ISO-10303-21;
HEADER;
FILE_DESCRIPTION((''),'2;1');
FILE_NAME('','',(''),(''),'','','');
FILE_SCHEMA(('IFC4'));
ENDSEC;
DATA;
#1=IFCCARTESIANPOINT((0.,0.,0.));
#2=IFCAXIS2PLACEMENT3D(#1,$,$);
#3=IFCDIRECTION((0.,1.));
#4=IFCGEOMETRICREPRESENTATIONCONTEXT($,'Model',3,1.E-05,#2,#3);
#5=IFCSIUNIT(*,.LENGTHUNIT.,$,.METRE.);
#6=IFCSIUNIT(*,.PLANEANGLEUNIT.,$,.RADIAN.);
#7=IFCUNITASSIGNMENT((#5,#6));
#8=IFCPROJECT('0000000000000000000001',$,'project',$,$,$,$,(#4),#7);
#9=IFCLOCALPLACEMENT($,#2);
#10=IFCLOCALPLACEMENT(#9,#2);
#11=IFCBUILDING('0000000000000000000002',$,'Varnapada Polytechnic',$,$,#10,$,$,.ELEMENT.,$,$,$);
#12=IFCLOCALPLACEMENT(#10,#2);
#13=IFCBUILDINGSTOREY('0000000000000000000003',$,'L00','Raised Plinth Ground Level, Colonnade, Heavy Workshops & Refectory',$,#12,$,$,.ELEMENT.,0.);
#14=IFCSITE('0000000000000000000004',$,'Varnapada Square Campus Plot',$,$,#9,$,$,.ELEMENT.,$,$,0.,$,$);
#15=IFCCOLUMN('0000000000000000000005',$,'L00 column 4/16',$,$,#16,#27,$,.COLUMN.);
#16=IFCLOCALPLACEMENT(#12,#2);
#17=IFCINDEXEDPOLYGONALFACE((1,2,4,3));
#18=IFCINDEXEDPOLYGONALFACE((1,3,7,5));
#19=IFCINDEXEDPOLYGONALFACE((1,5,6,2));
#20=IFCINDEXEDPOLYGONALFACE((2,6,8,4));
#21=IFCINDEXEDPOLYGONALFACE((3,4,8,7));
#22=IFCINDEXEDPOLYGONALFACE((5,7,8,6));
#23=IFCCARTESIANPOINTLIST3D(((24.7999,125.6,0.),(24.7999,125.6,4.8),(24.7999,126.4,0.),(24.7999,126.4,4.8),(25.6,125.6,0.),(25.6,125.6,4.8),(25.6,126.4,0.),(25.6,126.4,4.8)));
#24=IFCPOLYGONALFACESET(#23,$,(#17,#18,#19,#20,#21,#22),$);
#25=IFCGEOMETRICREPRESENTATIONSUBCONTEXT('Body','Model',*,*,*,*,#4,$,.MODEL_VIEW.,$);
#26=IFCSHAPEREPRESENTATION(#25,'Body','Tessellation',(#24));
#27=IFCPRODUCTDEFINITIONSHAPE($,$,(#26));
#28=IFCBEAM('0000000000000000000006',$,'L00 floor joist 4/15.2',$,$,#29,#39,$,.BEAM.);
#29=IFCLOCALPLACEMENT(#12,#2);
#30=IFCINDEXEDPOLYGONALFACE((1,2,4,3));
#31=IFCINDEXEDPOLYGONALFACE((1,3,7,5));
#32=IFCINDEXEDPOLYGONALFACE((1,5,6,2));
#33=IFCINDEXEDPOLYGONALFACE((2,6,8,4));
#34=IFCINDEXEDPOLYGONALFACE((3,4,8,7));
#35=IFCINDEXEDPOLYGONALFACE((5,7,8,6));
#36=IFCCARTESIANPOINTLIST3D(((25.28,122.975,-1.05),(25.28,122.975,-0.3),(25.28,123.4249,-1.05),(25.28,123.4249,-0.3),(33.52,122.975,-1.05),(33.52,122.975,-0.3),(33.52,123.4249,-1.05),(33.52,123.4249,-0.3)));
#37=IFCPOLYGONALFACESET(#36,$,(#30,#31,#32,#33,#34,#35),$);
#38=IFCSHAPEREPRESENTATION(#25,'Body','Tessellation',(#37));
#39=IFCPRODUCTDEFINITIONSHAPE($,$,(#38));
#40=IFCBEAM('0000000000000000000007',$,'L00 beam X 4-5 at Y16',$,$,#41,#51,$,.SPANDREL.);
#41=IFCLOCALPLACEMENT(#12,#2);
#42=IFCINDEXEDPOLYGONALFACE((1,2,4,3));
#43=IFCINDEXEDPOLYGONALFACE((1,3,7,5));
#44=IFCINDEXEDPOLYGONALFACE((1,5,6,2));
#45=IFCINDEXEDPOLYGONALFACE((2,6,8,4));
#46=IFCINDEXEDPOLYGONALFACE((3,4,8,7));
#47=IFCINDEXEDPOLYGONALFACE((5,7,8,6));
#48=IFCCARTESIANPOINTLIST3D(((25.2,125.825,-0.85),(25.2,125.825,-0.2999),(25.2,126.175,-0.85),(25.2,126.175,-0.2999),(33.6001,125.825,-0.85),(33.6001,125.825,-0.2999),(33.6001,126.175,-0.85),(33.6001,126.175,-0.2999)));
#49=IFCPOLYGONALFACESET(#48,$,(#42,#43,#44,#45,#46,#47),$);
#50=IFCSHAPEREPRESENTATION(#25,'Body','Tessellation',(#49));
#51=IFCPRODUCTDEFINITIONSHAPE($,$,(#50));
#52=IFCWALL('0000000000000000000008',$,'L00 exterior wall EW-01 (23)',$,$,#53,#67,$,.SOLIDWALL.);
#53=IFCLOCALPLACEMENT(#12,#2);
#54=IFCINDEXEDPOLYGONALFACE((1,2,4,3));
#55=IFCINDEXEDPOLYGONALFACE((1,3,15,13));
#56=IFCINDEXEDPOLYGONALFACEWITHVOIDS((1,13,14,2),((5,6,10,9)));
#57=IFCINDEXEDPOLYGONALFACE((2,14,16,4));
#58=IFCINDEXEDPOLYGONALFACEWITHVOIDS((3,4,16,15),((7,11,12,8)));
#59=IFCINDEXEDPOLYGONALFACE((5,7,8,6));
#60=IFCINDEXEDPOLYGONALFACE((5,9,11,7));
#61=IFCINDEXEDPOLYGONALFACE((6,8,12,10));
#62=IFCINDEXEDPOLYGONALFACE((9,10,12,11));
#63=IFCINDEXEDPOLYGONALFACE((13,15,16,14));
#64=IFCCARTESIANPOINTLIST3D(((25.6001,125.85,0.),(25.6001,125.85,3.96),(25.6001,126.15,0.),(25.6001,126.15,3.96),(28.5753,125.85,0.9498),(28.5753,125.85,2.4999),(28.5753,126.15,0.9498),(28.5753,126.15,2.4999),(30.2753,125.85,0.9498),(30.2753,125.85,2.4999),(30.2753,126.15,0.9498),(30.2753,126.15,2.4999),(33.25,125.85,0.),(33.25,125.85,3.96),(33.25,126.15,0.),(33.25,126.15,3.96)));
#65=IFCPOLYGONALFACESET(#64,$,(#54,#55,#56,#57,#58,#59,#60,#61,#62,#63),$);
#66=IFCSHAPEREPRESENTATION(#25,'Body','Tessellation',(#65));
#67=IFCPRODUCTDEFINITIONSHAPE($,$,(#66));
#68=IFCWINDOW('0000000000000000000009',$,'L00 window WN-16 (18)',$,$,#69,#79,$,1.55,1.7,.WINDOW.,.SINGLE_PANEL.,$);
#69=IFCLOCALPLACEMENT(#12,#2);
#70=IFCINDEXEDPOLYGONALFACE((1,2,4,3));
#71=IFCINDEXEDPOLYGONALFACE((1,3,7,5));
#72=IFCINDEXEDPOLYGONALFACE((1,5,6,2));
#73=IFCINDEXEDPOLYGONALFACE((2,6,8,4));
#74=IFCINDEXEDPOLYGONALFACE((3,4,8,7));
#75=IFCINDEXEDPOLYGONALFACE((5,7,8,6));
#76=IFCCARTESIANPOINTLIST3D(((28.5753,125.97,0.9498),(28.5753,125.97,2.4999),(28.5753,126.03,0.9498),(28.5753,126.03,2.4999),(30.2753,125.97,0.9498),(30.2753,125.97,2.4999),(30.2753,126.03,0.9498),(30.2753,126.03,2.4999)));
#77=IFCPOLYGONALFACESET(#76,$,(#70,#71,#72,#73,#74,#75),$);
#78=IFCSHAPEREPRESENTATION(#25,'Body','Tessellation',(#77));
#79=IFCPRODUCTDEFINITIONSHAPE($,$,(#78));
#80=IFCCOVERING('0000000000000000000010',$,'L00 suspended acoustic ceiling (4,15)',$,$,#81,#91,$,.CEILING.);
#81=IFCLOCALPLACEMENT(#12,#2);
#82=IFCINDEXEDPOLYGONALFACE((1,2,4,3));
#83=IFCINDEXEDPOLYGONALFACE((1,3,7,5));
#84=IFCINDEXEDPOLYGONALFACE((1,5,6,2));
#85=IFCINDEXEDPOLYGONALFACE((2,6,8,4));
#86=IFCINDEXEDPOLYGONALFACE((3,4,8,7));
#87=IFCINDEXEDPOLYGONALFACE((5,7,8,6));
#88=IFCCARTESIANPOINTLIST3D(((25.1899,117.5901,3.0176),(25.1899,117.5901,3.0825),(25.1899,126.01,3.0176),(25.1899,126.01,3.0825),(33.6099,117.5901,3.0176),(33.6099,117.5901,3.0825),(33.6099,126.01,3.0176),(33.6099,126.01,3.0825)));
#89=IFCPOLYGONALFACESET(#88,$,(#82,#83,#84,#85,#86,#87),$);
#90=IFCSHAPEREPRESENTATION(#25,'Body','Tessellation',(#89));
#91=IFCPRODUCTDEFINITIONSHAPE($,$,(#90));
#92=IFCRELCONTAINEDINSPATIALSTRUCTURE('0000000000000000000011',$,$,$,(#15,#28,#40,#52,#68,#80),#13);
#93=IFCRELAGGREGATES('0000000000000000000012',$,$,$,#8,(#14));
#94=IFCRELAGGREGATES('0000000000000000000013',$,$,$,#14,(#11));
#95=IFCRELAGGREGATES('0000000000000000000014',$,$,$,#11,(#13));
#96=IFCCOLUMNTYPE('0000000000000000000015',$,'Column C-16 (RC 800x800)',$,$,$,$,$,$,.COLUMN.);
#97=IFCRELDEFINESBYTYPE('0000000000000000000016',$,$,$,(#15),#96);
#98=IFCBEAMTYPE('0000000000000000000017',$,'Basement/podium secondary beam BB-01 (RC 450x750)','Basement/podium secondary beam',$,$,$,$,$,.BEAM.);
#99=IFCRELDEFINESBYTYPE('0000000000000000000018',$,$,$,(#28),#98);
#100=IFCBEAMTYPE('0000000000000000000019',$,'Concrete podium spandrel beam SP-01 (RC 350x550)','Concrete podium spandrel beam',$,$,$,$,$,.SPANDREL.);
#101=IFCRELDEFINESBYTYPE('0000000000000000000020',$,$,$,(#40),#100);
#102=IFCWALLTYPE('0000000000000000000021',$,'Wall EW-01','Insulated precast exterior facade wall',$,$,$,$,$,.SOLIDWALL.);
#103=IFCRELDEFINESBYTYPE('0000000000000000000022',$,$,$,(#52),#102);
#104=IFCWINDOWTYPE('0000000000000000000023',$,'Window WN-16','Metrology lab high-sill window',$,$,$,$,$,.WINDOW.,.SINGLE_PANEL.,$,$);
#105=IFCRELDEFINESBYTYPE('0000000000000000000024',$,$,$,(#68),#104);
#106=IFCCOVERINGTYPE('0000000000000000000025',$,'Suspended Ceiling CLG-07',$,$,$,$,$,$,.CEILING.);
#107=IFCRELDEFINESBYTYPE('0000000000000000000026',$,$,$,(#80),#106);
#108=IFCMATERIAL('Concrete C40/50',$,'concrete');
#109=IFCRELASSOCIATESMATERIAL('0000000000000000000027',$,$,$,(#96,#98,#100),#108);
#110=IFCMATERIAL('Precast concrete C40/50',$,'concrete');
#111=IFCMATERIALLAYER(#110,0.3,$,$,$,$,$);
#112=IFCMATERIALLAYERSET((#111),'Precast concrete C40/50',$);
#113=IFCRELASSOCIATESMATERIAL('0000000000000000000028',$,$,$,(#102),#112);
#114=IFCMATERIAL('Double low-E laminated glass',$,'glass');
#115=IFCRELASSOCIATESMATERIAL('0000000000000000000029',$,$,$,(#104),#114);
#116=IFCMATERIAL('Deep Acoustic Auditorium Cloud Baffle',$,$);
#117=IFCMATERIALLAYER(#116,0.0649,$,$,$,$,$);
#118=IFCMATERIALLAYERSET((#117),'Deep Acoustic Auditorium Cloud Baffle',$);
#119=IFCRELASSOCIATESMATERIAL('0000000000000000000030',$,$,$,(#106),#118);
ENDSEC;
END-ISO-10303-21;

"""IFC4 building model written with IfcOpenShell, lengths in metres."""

from ifc_helpers import new_model, si_unit, direction, frame, frame_2d, origin, origin_2d, place, context, subcontext, project, spatial, rectangle, extrude, material, layer, layer_set, material_profile, profile_set, type_object, element, fill, save


model = new_model("IFC4")

# Units and contexts
model_context = context("Model", 3, precision=1e-05, world=origin(), true_north=direction((0.0, 1.0)))
body_context = subcontext(model_context, "Body", "Model", "MODEL_VIEW")
ifc_project = project(units=[si_unit("LENGTHUNIT", "METRE"), si_unit("PLANEANGLEUNIT", "RADIAN")], contexts=[model_context])

# Site, building, storey
site_placement = place(None, origin())
site = spatial("IfcSite", under=ifc_project, at=site_placement, Name="Varnapada Square Campus Plot", CompositionType="ELEMENT", RefElevation=0.0)
building_placement = place(site_placement, origin())
building = spatial("IfcBuilding", under=site, at=building_placement, Name="Varnapada Polytechnic", CompositionType="ELEMENT")
storey_placement = place(building_placement, origin())
storey = spatial("IfcBuildingStorey", under=building, at=storey_placement, Name="L00", Description="Raised Plinth Ground Level, Colonnade, Heavy Workshops & Refectory", CompositionType="ELEMENT", Elevation=0.0)

# Column
ifc_material_1 = material(Name="Concrete C40/50", Category="concrete")
ifc_material_profile_1 = material_profile(ifc_material_1, rectangle(XDim=0.8, YDim=0.8, at=origin_2d()), Name="RC 800x800")
ifc_profile_set_1 = profile_set([ifc_material_profile_1], Name="Concrete C40/50")
column_type = type_object("IfcColumnType", Name="Column C-16 (RC 800x800)", PredefinedType="COLUMN", material=ifc_profile_set_1)
column_placement = place(storey_placement, frame((25.2, 126.0, 0.0), z_axis=(0.0, 0.0, 1.0), x_axis=(1.0, 0.0, 0.0)))
element("IfcColumn", 1, at=column_placement, inside=storey, type_object=column_type, Name="L00 column 4/16", PredefinedType="COLUMN", context=body_context, shape_type="SweptSolid", body=[
    extrude(rectangle(XDim=0.8, YDim=0.8, at=origin_2d()), origin(), (0.0, 0.0, 1.0), 4.8),
])

# Beams
ifc_material_profile_2 = material_profile(ifc_material_1, rectangle(XDim=0.45, YDim=0.75, at=origin_2d()), Name="RC 450x750")
ifc_profile_set_2 = profile_set([ifc_material_profile_2], Name="Concrete C40/50")
beam_type_1 = type_object("IfcBeamType", Name="Basement/podium secondary beam BB-01 (RC 450x750)", Description="Basement/podium secondary beam", PredefinedType="BEAM", material=ifc_profile_set_2)
beam_1_placement = place(storey_placement, frame((25.28, 123.2, -0.675), z_axis=(1.0, 0.0, 0.0), x_axis=(0.0, 1.0, 0.0)))
element("IfcBeam", 2, at=beam_1_placement, inside=storey, type_object=beam_type_1, Name="L00 floor joist 4/15.2", PredefinedType="BEAM", context=body_context, shape_type="SweptSolid", body=[
    extrude(rectangle(XDim=0.45, YDim=0.75, at=origin_2d()), origin(), (0.0, 0.0, 1.0), 8.24),
])
ifc_material_profile_3 = material_profile(ifc_material_1, rectangle(XDim=0.3501, YDim=0.55, at=origin_2d()), Name="RC 350x550")
ifc_profile_set_3 = profile_set([ifc_material_profile_3], Name="Concrete C40/50")
beam_type_2 = type_object("IfcBeamType", Name="Concrete podium spandrel beam SP-01 (RC 350x550)", Description="Concrete podium spandrel beam", PredefinedType="SPANDREL", material=ifc_profile_set_3)
beam_2_placement = place(storey_placement, frame((25.2, 126.0, -0.575), z_axis=(1.0, 0.0, 0.0), x_axis=(0.0, 1.0, 0.0)))
element("IfcBeam", 3, at=beam_2_placement, inside=storey, type_object=beam_type_2, Name="L00 beam X 4-5 at Y16", PredefinedType="SPANDREL", context=body_context, shape_type="SweptSolid", body=[
    extrude(rectangle(XDim=0.3501, YDim=0.55, at=origin_2d()), origin(), (0.0, 0.0, 1.0), 8.4001),
])

# Wall, opening, window
ifc_material_2 = material(Name="Precast concrete C40/50", Category="concrete")
ifc_layer_1 = layer(ifc_material_2, 0.3)
ifc_layer_set_1 = layer_set([ifc_layer_1], Name="Precast concrete C40/50")
wall_type = type_object("IfcWallType", Name="Wall EW-01", Description="Insulated precast exterior facade wall", PredefinedType="SOLIDWALL", material=ifc_layer_set_1)
wall_placement = place(storey_placement, frame((25.6001, 126.0, 0.0), z_axis=(0.0, 0.0, 1.0), x_axis=(1.0, 0.0, 0.0)))
wall = element("IfcWall", 4, at=wall_placement, inside=storey, type_object=wall_type, Name="L00 exterior wall EW-01 (23)", PredefinedType="SOLIDWALL", context=body_context, shape_type="SweptSolid", body=[
    extrude(rectangle(XDim=7.6499, YDim=0.3, at=frame_2d((3.825, 0.0))), origin(), (0.0, 0.0, 1.0), 3.96),
])
opening_1_placement = place(wall_placement, frame((2.9751, 0.0, 0.95)))
opening_1 = element("IfcOpeningElement", 5, at=opening_1_placement, cuts=wall, PredefinedType="OPENING", context=body_context, shape_type="SweptSolid", body=[
    extrude(rectangle(XDim=1.7, YDim=1.55, at=frame_2d((0.8501, 0.7749))), frame((0.0, 0.1599, 0.0), z_axis=(0.0, -1.0, 0.0), x_axis=(1.0, 0.0, 0.0)), (0.0, 0.0, 1.0), 0.3201),
])
ifc_material_3 = material(Name="Double low-E laminated glass", Category="glass")
window_type = type_object("IfcWindowType", Name="Window WN-16", Description="Metrology lab high-sill window", PartitioningType="SINGLE_PANEL", PredefinedType="WINDOW", material=ifc_material_3)
window_placement = place(opening_1_placement, origin())
window = element("IfcWindow", 6, at=window_placement, inside=storey, type_object=window_type, Name="L00 window WN-16 (18)", OverallHeight=1.55, OverallWidth=1.7, PartitioningType="SINGLE_PANEL", PredefinedType="WINDOW", context=body_context, shape_type="SweptSolid", body=[
    extrude(rectangle(XDim=1.7, YDim=1.55, at=frame_2d((0.8501, 0.7749))), frame((0.0, 0.03, 0.0), z_axis=(0.0, -1.0, 0.0), x_axis=(1.0, 0.0, 0.0)), (0.0, 0.0, 1.0), 0.0601),
])
fill(opening_1, window)

# Covering
ifc_material_4 = material(Name="Deep Acoustic Auditorium Cloud Baffle")
ifc_layer_2 = layer(ifc_material_4, 0.0649)
ifc_layer_set_2 = layer_set([ifc_layer_2], Name="Deep Acoustic Auditorium Cloud Baffle")
covering_type_1 = type_object("IfcCoveringType", Name="Suspended Ceiling CLG-07", PredefinedType="CEILING", material=ifc_layer_set_2)
covering_1_placement = place(storey_placement, frame((29.3999, 121.8, 3.0176), z_axis=(0.0, 0.0, 1.0), x_axis=(1.0, 0.0, 0.0)))
element("IfcCovering", 7, at=covering_1_placement, inside=storey, type_object=covering_type_1, Name="L00 suspended acoustic ceiling (4,15)", PredefinedType="CEILING", context=body_context, shape_type="SweptSolid", body=[
    extrude(rectangle(XDim=8.4199, YDim=8.4199, at=origin_2d()), origin(), (0.0, 0.0, 1.0), 0.0649),
])

save(model, "model.ifc")
